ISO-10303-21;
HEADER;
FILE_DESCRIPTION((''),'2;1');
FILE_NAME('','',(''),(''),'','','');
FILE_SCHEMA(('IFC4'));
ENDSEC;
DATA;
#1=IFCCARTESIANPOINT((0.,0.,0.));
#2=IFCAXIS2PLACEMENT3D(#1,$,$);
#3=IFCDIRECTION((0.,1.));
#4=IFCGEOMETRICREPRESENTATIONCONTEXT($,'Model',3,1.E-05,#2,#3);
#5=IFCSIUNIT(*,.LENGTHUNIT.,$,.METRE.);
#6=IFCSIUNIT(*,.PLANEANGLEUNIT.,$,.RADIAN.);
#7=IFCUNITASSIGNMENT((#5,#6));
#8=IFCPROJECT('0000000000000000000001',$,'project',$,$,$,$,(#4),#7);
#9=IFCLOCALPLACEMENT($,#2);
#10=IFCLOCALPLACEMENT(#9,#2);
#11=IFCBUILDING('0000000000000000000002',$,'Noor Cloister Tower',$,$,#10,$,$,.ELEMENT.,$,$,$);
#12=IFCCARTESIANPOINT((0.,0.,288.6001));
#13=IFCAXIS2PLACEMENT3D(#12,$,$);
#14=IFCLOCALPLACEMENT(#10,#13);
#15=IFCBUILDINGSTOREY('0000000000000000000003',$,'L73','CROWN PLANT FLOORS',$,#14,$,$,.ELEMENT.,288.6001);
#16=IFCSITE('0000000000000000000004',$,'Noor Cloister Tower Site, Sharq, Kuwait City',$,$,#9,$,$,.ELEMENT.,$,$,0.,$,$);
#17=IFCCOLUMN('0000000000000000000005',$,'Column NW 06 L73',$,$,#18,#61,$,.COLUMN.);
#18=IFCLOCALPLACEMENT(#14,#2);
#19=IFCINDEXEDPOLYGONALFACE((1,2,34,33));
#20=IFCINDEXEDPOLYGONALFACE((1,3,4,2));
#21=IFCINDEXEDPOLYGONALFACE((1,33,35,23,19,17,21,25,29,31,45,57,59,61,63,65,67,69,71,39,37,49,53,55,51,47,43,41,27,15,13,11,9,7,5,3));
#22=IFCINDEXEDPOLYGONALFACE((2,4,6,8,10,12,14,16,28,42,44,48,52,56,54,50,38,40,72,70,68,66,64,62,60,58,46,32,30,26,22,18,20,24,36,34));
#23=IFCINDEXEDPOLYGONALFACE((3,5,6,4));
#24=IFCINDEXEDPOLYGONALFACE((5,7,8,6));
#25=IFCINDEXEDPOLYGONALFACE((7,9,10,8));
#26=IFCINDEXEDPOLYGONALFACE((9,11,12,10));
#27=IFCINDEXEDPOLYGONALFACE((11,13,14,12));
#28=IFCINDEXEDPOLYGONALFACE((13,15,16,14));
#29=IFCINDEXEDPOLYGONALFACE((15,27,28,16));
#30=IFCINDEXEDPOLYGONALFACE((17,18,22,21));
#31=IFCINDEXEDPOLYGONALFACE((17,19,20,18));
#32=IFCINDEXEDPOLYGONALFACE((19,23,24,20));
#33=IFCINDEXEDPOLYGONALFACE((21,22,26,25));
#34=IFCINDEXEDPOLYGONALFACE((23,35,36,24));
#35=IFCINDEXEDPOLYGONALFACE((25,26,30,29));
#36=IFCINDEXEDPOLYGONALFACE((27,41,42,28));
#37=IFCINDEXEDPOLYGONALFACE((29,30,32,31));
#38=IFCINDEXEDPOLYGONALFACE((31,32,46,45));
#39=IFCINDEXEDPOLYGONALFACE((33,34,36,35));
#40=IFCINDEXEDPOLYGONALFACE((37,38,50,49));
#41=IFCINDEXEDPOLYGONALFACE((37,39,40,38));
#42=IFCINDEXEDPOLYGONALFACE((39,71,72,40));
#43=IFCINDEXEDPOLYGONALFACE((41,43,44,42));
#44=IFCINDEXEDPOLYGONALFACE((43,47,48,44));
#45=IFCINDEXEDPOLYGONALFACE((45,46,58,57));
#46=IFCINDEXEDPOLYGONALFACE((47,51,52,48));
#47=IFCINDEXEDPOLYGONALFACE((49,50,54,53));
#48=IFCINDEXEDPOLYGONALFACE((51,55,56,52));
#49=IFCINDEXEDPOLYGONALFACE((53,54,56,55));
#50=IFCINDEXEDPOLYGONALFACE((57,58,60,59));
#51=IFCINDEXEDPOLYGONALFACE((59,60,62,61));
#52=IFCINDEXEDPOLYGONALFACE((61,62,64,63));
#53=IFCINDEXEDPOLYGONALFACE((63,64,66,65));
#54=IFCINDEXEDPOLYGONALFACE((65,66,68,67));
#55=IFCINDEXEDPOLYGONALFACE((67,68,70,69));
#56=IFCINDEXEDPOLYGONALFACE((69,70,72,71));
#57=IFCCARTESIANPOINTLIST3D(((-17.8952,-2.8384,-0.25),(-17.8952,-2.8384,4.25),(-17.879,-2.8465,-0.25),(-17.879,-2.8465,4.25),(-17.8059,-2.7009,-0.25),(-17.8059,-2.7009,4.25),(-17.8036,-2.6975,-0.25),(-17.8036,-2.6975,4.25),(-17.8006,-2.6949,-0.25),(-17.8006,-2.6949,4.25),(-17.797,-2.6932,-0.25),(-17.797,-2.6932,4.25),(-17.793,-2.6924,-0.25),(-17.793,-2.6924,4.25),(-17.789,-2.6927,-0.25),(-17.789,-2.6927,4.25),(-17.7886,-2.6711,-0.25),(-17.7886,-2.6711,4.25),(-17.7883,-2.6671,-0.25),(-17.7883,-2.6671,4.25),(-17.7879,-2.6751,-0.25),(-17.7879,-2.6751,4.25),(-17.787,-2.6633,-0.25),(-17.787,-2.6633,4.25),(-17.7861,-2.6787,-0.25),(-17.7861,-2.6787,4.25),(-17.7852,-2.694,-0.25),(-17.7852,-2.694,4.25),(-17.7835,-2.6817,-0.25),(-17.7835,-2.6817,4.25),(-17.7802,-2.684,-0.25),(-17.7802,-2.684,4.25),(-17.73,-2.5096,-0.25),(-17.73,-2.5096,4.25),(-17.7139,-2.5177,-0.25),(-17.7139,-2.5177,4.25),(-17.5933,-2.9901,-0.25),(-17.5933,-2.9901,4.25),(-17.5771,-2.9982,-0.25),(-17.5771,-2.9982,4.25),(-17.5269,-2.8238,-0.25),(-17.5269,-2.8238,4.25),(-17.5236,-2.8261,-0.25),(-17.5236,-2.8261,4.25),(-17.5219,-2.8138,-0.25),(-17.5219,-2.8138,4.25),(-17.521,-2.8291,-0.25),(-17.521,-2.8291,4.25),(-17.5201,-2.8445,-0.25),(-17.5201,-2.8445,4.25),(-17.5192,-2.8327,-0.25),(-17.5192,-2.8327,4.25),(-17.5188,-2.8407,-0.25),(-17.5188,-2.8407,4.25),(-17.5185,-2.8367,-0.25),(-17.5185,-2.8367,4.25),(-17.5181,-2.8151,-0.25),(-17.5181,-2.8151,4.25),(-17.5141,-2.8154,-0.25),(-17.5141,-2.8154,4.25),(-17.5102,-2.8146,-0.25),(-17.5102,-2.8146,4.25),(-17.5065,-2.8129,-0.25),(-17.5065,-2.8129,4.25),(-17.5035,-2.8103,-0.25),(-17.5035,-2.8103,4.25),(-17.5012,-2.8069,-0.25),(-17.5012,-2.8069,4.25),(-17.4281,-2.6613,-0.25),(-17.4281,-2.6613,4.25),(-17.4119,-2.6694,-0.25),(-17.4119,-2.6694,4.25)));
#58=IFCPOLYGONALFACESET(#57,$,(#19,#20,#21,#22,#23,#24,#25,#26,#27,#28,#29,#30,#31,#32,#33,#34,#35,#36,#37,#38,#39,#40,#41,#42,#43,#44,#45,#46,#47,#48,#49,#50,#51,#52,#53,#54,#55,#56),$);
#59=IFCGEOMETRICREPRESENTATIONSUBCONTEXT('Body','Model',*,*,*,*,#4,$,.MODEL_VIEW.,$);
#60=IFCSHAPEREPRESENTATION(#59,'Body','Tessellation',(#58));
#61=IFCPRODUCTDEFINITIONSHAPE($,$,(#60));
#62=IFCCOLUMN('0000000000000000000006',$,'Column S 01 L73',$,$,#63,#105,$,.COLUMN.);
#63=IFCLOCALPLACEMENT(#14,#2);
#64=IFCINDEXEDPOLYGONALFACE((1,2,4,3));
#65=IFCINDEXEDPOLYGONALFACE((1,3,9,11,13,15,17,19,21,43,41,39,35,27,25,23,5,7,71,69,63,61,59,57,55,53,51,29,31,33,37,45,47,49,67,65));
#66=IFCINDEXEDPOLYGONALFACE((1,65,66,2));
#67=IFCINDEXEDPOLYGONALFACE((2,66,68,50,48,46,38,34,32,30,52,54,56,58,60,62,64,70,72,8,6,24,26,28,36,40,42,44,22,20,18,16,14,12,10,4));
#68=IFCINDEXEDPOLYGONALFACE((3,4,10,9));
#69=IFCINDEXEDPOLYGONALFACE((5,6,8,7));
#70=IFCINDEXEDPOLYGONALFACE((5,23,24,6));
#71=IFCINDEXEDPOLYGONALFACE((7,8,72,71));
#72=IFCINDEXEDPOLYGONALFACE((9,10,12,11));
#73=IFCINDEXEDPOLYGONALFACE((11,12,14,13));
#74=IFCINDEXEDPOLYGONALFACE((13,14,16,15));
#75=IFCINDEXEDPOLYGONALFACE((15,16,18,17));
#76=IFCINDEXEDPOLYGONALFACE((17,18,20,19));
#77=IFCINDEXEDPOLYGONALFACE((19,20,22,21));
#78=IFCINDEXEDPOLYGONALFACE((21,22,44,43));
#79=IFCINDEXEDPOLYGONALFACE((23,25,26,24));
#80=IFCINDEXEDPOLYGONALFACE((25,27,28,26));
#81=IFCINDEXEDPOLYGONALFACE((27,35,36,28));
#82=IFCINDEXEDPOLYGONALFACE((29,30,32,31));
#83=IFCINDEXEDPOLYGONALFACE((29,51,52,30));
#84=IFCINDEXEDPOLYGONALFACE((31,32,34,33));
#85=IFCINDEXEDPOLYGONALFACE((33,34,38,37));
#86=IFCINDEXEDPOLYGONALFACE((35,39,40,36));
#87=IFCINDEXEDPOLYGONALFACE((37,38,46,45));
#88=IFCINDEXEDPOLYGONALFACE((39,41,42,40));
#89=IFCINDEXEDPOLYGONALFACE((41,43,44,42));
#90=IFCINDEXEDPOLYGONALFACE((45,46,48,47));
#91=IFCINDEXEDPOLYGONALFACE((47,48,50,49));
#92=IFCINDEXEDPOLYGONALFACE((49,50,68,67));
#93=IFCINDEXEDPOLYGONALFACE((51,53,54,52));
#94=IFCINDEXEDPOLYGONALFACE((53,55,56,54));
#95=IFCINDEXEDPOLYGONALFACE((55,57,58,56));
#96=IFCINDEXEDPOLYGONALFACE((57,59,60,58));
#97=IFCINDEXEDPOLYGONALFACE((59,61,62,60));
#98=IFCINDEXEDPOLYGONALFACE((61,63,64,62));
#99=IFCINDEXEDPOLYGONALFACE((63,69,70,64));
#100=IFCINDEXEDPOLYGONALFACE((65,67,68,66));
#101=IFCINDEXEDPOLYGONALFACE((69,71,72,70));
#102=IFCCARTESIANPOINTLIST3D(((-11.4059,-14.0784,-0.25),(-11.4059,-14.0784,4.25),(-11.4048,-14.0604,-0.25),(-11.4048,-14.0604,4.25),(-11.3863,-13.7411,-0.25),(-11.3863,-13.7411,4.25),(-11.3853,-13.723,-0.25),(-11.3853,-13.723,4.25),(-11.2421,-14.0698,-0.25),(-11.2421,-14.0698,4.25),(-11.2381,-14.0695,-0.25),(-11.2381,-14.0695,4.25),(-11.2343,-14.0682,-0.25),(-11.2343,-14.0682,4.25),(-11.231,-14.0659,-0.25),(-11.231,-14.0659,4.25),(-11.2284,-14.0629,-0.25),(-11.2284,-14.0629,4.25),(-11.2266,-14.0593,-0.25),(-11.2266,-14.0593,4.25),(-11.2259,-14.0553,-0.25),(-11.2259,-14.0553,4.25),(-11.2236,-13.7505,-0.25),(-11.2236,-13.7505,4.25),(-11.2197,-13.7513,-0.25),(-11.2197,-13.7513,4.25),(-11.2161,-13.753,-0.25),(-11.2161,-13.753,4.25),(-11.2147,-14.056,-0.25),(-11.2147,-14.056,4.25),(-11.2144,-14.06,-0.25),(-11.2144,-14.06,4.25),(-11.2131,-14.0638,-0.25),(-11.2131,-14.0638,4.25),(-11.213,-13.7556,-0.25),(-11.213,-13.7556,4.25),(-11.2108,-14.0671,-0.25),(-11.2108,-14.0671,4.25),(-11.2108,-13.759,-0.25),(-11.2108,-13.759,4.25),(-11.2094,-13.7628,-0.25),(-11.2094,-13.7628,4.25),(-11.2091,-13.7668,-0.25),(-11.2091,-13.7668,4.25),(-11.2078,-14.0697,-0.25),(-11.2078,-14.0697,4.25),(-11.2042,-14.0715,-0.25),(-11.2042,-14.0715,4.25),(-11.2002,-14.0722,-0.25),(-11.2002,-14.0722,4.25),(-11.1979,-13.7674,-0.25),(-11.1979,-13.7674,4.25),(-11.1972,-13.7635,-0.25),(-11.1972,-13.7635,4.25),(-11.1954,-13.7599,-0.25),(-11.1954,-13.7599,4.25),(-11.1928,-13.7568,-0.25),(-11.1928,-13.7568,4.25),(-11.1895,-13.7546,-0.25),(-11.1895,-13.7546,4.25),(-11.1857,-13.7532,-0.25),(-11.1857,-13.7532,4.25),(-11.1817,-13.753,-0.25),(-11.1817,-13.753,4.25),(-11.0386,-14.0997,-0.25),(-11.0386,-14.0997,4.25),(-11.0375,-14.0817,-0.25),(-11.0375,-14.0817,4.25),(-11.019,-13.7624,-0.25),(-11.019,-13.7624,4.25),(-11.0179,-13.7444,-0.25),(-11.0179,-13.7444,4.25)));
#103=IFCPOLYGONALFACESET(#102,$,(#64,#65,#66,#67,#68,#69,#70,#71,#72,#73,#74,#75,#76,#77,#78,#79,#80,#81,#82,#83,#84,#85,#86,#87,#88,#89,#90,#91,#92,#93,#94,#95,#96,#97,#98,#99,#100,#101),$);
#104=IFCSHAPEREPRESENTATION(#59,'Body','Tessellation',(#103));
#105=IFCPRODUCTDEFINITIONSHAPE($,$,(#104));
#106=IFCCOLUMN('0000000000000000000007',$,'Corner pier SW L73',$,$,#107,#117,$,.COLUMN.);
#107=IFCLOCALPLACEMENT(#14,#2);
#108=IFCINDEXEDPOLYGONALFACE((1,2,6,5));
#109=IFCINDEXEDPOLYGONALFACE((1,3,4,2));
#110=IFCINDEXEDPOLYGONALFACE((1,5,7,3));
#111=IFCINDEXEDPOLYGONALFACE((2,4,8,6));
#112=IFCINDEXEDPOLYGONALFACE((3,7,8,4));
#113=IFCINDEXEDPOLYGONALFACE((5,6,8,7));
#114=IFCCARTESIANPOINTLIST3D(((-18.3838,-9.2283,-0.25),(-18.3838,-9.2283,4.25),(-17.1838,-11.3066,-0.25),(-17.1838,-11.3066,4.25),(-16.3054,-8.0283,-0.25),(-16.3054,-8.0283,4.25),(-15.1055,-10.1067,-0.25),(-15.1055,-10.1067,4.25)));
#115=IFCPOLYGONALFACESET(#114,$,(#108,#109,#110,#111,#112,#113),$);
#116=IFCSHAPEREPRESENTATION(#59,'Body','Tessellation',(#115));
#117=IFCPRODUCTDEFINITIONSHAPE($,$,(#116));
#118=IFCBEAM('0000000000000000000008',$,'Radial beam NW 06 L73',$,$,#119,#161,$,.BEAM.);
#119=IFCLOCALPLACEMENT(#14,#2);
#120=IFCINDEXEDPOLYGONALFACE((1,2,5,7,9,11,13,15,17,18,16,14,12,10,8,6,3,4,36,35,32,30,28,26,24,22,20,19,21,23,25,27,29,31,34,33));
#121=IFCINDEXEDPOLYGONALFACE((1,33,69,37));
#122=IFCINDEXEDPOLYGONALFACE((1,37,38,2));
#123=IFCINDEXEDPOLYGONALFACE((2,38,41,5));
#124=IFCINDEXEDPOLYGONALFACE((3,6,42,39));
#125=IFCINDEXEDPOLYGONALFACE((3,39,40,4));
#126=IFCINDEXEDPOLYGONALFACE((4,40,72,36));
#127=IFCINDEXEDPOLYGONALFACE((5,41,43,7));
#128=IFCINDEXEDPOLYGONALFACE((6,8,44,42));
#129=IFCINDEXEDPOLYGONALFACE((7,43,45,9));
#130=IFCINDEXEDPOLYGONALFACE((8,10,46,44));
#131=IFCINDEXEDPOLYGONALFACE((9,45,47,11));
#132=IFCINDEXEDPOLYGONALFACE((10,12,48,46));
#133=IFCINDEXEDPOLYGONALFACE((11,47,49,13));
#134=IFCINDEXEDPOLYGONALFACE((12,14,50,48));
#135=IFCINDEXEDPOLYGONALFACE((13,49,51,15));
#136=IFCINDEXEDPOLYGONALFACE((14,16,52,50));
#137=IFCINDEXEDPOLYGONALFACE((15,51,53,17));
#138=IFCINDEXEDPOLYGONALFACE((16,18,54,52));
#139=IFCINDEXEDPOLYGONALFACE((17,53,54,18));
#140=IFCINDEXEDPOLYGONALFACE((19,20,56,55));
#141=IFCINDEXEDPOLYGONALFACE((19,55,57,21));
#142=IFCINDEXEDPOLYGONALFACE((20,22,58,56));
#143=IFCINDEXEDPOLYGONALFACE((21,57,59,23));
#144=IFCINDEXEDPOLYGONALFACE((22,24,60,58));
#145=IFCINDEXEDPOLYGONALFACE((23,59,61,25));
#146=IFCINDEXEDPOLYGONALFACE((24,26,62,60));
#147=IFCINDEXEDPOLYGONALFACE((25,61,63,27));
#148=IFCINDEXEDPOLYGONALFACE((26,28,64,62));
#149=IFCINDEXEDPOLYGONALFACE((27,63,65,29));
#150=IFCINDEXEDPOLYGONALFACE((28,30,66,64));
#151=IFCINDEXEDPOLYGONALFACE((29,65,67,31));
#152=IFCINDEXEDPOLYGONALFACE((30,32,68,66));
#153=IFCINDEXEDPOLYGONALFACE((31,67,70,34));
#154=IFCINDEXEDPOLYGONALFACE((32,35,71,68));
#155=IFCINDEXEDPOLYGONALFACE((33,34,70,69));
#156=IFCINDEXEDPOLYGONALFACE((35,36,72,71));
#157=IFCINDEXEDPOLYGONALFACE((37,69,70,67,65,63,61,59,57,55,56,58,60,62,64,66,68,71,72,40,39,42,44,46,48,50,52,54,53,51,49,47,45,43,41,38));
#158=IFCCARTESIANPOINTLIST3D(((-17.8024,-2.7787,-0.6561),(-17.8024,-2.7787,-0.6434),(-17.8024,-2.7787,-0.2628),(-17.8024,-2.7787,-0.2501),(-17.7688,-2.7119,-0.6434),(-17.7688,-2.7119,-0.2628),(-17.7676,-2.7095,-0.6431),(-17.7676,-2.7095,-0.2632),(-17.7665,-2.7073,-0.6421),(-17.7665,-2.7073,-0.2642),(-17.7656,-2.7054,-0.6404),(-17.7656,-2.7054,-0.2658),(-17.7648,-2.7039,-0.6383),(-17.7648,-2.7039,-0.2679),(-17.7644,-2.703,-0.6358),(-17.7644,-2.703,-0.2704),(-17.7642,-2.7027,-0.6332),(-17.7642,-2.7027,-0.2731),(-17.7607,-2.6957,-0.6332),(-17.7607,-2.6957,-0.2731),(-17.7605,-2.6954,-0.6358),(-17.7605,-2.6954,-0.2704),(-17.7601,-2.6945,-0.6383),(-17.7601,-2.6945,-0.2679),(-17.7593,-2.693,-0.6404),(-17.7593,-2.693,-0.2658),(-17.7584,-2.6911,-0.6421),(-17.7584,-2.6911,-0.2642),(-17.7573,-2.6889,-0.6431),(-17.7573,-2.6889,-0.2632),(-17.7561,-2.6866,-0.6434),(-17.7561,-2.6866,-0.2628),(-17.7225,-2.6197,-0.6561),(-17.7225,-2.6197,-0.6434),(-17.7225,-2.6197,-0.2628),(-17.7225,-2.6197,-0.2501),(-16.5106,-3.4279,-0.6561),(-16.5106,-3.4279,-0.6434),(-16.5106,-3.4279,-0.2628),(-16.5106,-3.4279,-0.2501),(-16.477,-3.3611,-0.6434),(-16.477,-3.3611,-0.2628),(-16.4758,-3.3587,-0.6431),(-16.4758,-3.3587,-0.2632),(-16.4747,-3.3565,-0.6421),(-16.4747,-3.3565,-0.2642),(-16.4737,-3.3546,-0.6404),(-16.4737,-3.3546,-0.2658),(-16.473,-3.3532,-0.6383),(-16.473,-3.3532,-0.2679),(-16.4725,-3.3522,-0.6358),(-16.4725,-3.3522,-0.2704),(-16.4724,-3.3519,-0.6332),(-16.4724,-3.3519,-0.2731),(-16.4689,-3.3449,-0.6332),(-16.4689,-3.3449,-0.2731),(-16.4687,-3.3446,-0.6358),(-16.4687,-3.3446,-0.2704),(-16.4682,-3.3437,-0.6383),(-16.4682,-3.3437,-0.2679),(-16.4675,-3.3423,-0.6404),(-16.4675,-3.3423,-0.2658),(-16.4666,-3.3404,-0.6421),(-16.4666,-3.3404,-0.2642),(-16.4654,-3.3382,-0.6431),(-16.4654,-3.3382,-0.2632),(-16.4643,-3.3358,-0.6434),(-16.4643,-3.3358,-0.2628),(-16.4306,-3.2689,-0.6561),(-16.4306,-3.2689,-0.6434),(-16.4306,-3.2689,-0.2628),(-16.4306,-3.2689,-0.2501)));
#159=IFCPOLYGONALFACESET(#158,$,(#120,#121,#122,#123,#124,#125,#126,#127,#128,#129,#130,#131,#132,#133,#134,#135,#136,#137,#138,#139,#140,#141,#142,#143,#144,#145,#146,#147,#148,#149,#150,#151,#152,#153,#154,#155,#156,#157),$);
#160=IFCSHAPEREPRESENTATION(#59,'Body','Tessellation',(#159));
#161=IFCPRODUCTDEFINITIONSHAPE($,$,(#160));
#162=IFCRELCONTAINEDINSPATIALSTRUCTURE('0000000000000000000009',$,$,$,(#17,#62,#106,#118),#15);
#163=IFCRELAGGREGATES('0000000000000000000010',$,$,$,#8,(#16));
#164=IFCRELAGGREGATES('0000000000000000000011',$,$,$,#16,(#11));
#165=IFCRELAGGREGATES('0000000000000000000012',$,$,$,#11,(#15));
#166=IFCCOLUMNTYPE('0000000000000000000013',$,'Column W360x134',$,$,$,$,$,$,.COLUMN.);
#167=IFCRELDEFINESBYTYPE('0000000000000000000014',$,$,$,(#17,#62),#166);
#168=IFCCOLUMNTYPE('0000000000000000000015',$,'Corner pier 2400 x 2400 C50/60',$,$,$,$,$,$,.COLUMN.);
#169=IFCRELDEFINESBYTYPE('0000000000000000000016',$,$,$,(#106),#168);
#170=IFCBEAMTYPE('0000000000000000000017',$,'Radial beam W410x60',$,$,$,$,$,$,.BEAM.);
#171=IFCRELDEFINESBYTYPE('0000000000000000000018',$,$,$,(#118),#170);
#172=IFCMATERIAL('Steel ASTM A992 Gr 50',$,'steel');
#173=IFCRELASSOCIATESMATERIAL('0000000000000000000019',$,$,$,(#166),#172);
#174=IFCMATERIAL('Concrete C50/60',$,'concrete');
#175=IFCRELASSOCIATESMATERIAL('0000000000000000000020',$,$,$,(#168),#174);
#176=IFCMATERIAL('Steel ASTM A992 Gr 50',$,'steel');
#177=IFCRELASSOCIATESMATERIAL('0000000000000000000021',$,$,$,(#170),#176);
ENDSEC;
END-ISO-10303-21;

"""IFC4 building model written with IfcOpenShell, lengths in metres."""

from ifc_helpers import new_model, si_unit, direction, frame, origin, origin_2d, place, context, subcontext, project, spatial, rectangle, i_section, extrude, material, material_profile, profile_set, type_object, element, save


model = new_model("IFC4")

# Units and contexts
model_context = context("Model", 3, precision=1e-05, world=origin(), true_north=direction((0.0, 1.0)))
body_context = subcontext(model_context, "Body", "Model", "MODEL_VIEW")
ifc_project = project(units=[si_unit("LENGTHUNIT", "METRE"), si_unit("PLANEANGLEUNIT", "RADIAN")], contexts=[model_context])

# Site, building, storey
site_placement = place(None, origin())
site = spatial("IfcSite", under=ifc_project, at=site_placement, Name="Noor Cloister Tower Site, Sharq, Kuwait City", CompositionType="ELEMENT", RefElevation=0.0)
building_placement = place(site_placement, origin())
building = spatial("IfcBuilding", under=site, at=building_placement, Name="Noor Cloister Tower", CompositionType="ELEMENT")
storey_placement = place(building_placement, frame((0.0, 0.0, 288.6001)))
storey = spatial("IfcBuildingStorey", under=building, at=storey_placement, Name="L73", Description="CROWN PLANT FLOORS", CompositionType="ELEMENT", Elevation=288.6001)

# Columns
ifc_material_1 = material(Name="Steel ASTM A992 Gr 50", Category="steel")
ifc_material_profile_1 = material_profile(ifc_material_1, i_section(OverallWidth=0.3679, OverallDepth=0.356, WebThickness=0.0112, FlangeThickness=0.0181, FilletRadius=0.0154, at=origin_2d()), Name="W360x134")
ifc_profile_set_1 = profile_set([ifc_material_profile_1], Name="Steel ASTM A992 Gr 50")
column_type_1 = type_object("IfcColumnType", Name="Column W360x134", PredefinedType="COLUMN", material=ifc_profile_set_1)
for number, where, z_axis, x_axis, name in (
    (1, (-17.6536, -2.7539, -0.25), (0.0, 0.0, 1.0), (-0.448975, -0.893544, 0.0), "Column NW 06 L73"),
    (2, (-11.2119, -13.9114, -0.25), (0.0, 0.0, 1.0), (0.99832, -0.057948, 0.0), "Column S 01 L73"),
):
    element("IfcColumn", number, at=place(storey_placement, frame(where, z_axis=z_axis, x_axis=x_axis)), inside=storey, type_object=column_type_1, Name=name, PredefinedType="COLUMN", context=body_context, shape_type="SweptSolid", body=[
        extrude(i_section(OverallWidth=0.3679, OverallDepth=0.356, WebThickness=0.0112, FlangeThickness=0.0181, FilletRadius=0.0154, at=origin_2d()), origin(), (0.0, 0.0, 1.0), 4.5),
    ])
ifc_material_2 = material(Name="Concrete C50/60", Category="concrete")
ifc_material_profile_2 = material_profile(ifc_material_2, rectangle(XDim=2.3999, YDim=2.3999, at=origin_2d()), Name="RC 2400x2400")
ifc_profile_set_2 = profile_set([ifc_material_profile_2], Name="Concrete C50/60")
column_type_2 = type_object("IfcColumnType", Name="Corner pier 2400 x 2400 C50/60", PredefinedType="COLUMN", material=ifc_profile_set_2)
column_placement = place(storey_placement, frame((-16.7446, -9.6675, -0.25), z_axis=(0.0, 0.0, 1.0), x_axis=(-0.866025, -0.5, 0.0)))
element("IfcColumn", 3, at=column_placement, inside=storey, type_object=column_type_2, Name="Corner pier SW L73", PredefinedType="COLUMN", context=body_context, shape_type="SweptSolid", body=[
    extrude(rectangle(XDim=2.3999, YDim=2.3999, at=origin_2d()), origin(), (0.0, 0.0, 1.0), 4.5),
])

# Beam
ifc_material_3 = material(Name="Steel ASTM A992 Gr 50", Category="steel")
ifc_material_profile_3 = material_profile(ifc_material_3, i_section(OverallWidth=0.178, OverallDepth=0.406, WebThickness=0.0078, FlangeThickness=0.0127, FilletRadius=0.0103, at=origin_2d()), Name="W410x60")
ifc_profile_set_3 = profile_set([ifc_material_profile_3], Name="Steel ASTM A992 Gr 50")
beam_type_1 = type_object("IfcBeamType", Name="Radial beam W410x60", PredefinedType="BEAM", material=ifc_profile_set_3)
beam_1_placement = place(storey_placement, frame((-17.7625, -2.6992, -0.4531), z_axis=(0.893513, -0.449037, 0.0), x_axis=(0.449037, 0.893513, 0.0)))
element("IfcBeam", 4, at=beam_1_placement, inside=storey, type_object=beam_type_1, Name="Radial beam NW 06 L73", PredefinedType="BEAM", context=body_context, shape_type="SweptSolid", body=[
    extrude(i_section(OverallWidth=0.178, OverallDepth=0.406, WebThickness=0.0078, FlangeThickness=0.0127, FilletRadius=0.0103, at=origin_2d()), origin(), (0.0, 0.0, 1.0), 1.4458),
])

save(model, "model.ifc")
